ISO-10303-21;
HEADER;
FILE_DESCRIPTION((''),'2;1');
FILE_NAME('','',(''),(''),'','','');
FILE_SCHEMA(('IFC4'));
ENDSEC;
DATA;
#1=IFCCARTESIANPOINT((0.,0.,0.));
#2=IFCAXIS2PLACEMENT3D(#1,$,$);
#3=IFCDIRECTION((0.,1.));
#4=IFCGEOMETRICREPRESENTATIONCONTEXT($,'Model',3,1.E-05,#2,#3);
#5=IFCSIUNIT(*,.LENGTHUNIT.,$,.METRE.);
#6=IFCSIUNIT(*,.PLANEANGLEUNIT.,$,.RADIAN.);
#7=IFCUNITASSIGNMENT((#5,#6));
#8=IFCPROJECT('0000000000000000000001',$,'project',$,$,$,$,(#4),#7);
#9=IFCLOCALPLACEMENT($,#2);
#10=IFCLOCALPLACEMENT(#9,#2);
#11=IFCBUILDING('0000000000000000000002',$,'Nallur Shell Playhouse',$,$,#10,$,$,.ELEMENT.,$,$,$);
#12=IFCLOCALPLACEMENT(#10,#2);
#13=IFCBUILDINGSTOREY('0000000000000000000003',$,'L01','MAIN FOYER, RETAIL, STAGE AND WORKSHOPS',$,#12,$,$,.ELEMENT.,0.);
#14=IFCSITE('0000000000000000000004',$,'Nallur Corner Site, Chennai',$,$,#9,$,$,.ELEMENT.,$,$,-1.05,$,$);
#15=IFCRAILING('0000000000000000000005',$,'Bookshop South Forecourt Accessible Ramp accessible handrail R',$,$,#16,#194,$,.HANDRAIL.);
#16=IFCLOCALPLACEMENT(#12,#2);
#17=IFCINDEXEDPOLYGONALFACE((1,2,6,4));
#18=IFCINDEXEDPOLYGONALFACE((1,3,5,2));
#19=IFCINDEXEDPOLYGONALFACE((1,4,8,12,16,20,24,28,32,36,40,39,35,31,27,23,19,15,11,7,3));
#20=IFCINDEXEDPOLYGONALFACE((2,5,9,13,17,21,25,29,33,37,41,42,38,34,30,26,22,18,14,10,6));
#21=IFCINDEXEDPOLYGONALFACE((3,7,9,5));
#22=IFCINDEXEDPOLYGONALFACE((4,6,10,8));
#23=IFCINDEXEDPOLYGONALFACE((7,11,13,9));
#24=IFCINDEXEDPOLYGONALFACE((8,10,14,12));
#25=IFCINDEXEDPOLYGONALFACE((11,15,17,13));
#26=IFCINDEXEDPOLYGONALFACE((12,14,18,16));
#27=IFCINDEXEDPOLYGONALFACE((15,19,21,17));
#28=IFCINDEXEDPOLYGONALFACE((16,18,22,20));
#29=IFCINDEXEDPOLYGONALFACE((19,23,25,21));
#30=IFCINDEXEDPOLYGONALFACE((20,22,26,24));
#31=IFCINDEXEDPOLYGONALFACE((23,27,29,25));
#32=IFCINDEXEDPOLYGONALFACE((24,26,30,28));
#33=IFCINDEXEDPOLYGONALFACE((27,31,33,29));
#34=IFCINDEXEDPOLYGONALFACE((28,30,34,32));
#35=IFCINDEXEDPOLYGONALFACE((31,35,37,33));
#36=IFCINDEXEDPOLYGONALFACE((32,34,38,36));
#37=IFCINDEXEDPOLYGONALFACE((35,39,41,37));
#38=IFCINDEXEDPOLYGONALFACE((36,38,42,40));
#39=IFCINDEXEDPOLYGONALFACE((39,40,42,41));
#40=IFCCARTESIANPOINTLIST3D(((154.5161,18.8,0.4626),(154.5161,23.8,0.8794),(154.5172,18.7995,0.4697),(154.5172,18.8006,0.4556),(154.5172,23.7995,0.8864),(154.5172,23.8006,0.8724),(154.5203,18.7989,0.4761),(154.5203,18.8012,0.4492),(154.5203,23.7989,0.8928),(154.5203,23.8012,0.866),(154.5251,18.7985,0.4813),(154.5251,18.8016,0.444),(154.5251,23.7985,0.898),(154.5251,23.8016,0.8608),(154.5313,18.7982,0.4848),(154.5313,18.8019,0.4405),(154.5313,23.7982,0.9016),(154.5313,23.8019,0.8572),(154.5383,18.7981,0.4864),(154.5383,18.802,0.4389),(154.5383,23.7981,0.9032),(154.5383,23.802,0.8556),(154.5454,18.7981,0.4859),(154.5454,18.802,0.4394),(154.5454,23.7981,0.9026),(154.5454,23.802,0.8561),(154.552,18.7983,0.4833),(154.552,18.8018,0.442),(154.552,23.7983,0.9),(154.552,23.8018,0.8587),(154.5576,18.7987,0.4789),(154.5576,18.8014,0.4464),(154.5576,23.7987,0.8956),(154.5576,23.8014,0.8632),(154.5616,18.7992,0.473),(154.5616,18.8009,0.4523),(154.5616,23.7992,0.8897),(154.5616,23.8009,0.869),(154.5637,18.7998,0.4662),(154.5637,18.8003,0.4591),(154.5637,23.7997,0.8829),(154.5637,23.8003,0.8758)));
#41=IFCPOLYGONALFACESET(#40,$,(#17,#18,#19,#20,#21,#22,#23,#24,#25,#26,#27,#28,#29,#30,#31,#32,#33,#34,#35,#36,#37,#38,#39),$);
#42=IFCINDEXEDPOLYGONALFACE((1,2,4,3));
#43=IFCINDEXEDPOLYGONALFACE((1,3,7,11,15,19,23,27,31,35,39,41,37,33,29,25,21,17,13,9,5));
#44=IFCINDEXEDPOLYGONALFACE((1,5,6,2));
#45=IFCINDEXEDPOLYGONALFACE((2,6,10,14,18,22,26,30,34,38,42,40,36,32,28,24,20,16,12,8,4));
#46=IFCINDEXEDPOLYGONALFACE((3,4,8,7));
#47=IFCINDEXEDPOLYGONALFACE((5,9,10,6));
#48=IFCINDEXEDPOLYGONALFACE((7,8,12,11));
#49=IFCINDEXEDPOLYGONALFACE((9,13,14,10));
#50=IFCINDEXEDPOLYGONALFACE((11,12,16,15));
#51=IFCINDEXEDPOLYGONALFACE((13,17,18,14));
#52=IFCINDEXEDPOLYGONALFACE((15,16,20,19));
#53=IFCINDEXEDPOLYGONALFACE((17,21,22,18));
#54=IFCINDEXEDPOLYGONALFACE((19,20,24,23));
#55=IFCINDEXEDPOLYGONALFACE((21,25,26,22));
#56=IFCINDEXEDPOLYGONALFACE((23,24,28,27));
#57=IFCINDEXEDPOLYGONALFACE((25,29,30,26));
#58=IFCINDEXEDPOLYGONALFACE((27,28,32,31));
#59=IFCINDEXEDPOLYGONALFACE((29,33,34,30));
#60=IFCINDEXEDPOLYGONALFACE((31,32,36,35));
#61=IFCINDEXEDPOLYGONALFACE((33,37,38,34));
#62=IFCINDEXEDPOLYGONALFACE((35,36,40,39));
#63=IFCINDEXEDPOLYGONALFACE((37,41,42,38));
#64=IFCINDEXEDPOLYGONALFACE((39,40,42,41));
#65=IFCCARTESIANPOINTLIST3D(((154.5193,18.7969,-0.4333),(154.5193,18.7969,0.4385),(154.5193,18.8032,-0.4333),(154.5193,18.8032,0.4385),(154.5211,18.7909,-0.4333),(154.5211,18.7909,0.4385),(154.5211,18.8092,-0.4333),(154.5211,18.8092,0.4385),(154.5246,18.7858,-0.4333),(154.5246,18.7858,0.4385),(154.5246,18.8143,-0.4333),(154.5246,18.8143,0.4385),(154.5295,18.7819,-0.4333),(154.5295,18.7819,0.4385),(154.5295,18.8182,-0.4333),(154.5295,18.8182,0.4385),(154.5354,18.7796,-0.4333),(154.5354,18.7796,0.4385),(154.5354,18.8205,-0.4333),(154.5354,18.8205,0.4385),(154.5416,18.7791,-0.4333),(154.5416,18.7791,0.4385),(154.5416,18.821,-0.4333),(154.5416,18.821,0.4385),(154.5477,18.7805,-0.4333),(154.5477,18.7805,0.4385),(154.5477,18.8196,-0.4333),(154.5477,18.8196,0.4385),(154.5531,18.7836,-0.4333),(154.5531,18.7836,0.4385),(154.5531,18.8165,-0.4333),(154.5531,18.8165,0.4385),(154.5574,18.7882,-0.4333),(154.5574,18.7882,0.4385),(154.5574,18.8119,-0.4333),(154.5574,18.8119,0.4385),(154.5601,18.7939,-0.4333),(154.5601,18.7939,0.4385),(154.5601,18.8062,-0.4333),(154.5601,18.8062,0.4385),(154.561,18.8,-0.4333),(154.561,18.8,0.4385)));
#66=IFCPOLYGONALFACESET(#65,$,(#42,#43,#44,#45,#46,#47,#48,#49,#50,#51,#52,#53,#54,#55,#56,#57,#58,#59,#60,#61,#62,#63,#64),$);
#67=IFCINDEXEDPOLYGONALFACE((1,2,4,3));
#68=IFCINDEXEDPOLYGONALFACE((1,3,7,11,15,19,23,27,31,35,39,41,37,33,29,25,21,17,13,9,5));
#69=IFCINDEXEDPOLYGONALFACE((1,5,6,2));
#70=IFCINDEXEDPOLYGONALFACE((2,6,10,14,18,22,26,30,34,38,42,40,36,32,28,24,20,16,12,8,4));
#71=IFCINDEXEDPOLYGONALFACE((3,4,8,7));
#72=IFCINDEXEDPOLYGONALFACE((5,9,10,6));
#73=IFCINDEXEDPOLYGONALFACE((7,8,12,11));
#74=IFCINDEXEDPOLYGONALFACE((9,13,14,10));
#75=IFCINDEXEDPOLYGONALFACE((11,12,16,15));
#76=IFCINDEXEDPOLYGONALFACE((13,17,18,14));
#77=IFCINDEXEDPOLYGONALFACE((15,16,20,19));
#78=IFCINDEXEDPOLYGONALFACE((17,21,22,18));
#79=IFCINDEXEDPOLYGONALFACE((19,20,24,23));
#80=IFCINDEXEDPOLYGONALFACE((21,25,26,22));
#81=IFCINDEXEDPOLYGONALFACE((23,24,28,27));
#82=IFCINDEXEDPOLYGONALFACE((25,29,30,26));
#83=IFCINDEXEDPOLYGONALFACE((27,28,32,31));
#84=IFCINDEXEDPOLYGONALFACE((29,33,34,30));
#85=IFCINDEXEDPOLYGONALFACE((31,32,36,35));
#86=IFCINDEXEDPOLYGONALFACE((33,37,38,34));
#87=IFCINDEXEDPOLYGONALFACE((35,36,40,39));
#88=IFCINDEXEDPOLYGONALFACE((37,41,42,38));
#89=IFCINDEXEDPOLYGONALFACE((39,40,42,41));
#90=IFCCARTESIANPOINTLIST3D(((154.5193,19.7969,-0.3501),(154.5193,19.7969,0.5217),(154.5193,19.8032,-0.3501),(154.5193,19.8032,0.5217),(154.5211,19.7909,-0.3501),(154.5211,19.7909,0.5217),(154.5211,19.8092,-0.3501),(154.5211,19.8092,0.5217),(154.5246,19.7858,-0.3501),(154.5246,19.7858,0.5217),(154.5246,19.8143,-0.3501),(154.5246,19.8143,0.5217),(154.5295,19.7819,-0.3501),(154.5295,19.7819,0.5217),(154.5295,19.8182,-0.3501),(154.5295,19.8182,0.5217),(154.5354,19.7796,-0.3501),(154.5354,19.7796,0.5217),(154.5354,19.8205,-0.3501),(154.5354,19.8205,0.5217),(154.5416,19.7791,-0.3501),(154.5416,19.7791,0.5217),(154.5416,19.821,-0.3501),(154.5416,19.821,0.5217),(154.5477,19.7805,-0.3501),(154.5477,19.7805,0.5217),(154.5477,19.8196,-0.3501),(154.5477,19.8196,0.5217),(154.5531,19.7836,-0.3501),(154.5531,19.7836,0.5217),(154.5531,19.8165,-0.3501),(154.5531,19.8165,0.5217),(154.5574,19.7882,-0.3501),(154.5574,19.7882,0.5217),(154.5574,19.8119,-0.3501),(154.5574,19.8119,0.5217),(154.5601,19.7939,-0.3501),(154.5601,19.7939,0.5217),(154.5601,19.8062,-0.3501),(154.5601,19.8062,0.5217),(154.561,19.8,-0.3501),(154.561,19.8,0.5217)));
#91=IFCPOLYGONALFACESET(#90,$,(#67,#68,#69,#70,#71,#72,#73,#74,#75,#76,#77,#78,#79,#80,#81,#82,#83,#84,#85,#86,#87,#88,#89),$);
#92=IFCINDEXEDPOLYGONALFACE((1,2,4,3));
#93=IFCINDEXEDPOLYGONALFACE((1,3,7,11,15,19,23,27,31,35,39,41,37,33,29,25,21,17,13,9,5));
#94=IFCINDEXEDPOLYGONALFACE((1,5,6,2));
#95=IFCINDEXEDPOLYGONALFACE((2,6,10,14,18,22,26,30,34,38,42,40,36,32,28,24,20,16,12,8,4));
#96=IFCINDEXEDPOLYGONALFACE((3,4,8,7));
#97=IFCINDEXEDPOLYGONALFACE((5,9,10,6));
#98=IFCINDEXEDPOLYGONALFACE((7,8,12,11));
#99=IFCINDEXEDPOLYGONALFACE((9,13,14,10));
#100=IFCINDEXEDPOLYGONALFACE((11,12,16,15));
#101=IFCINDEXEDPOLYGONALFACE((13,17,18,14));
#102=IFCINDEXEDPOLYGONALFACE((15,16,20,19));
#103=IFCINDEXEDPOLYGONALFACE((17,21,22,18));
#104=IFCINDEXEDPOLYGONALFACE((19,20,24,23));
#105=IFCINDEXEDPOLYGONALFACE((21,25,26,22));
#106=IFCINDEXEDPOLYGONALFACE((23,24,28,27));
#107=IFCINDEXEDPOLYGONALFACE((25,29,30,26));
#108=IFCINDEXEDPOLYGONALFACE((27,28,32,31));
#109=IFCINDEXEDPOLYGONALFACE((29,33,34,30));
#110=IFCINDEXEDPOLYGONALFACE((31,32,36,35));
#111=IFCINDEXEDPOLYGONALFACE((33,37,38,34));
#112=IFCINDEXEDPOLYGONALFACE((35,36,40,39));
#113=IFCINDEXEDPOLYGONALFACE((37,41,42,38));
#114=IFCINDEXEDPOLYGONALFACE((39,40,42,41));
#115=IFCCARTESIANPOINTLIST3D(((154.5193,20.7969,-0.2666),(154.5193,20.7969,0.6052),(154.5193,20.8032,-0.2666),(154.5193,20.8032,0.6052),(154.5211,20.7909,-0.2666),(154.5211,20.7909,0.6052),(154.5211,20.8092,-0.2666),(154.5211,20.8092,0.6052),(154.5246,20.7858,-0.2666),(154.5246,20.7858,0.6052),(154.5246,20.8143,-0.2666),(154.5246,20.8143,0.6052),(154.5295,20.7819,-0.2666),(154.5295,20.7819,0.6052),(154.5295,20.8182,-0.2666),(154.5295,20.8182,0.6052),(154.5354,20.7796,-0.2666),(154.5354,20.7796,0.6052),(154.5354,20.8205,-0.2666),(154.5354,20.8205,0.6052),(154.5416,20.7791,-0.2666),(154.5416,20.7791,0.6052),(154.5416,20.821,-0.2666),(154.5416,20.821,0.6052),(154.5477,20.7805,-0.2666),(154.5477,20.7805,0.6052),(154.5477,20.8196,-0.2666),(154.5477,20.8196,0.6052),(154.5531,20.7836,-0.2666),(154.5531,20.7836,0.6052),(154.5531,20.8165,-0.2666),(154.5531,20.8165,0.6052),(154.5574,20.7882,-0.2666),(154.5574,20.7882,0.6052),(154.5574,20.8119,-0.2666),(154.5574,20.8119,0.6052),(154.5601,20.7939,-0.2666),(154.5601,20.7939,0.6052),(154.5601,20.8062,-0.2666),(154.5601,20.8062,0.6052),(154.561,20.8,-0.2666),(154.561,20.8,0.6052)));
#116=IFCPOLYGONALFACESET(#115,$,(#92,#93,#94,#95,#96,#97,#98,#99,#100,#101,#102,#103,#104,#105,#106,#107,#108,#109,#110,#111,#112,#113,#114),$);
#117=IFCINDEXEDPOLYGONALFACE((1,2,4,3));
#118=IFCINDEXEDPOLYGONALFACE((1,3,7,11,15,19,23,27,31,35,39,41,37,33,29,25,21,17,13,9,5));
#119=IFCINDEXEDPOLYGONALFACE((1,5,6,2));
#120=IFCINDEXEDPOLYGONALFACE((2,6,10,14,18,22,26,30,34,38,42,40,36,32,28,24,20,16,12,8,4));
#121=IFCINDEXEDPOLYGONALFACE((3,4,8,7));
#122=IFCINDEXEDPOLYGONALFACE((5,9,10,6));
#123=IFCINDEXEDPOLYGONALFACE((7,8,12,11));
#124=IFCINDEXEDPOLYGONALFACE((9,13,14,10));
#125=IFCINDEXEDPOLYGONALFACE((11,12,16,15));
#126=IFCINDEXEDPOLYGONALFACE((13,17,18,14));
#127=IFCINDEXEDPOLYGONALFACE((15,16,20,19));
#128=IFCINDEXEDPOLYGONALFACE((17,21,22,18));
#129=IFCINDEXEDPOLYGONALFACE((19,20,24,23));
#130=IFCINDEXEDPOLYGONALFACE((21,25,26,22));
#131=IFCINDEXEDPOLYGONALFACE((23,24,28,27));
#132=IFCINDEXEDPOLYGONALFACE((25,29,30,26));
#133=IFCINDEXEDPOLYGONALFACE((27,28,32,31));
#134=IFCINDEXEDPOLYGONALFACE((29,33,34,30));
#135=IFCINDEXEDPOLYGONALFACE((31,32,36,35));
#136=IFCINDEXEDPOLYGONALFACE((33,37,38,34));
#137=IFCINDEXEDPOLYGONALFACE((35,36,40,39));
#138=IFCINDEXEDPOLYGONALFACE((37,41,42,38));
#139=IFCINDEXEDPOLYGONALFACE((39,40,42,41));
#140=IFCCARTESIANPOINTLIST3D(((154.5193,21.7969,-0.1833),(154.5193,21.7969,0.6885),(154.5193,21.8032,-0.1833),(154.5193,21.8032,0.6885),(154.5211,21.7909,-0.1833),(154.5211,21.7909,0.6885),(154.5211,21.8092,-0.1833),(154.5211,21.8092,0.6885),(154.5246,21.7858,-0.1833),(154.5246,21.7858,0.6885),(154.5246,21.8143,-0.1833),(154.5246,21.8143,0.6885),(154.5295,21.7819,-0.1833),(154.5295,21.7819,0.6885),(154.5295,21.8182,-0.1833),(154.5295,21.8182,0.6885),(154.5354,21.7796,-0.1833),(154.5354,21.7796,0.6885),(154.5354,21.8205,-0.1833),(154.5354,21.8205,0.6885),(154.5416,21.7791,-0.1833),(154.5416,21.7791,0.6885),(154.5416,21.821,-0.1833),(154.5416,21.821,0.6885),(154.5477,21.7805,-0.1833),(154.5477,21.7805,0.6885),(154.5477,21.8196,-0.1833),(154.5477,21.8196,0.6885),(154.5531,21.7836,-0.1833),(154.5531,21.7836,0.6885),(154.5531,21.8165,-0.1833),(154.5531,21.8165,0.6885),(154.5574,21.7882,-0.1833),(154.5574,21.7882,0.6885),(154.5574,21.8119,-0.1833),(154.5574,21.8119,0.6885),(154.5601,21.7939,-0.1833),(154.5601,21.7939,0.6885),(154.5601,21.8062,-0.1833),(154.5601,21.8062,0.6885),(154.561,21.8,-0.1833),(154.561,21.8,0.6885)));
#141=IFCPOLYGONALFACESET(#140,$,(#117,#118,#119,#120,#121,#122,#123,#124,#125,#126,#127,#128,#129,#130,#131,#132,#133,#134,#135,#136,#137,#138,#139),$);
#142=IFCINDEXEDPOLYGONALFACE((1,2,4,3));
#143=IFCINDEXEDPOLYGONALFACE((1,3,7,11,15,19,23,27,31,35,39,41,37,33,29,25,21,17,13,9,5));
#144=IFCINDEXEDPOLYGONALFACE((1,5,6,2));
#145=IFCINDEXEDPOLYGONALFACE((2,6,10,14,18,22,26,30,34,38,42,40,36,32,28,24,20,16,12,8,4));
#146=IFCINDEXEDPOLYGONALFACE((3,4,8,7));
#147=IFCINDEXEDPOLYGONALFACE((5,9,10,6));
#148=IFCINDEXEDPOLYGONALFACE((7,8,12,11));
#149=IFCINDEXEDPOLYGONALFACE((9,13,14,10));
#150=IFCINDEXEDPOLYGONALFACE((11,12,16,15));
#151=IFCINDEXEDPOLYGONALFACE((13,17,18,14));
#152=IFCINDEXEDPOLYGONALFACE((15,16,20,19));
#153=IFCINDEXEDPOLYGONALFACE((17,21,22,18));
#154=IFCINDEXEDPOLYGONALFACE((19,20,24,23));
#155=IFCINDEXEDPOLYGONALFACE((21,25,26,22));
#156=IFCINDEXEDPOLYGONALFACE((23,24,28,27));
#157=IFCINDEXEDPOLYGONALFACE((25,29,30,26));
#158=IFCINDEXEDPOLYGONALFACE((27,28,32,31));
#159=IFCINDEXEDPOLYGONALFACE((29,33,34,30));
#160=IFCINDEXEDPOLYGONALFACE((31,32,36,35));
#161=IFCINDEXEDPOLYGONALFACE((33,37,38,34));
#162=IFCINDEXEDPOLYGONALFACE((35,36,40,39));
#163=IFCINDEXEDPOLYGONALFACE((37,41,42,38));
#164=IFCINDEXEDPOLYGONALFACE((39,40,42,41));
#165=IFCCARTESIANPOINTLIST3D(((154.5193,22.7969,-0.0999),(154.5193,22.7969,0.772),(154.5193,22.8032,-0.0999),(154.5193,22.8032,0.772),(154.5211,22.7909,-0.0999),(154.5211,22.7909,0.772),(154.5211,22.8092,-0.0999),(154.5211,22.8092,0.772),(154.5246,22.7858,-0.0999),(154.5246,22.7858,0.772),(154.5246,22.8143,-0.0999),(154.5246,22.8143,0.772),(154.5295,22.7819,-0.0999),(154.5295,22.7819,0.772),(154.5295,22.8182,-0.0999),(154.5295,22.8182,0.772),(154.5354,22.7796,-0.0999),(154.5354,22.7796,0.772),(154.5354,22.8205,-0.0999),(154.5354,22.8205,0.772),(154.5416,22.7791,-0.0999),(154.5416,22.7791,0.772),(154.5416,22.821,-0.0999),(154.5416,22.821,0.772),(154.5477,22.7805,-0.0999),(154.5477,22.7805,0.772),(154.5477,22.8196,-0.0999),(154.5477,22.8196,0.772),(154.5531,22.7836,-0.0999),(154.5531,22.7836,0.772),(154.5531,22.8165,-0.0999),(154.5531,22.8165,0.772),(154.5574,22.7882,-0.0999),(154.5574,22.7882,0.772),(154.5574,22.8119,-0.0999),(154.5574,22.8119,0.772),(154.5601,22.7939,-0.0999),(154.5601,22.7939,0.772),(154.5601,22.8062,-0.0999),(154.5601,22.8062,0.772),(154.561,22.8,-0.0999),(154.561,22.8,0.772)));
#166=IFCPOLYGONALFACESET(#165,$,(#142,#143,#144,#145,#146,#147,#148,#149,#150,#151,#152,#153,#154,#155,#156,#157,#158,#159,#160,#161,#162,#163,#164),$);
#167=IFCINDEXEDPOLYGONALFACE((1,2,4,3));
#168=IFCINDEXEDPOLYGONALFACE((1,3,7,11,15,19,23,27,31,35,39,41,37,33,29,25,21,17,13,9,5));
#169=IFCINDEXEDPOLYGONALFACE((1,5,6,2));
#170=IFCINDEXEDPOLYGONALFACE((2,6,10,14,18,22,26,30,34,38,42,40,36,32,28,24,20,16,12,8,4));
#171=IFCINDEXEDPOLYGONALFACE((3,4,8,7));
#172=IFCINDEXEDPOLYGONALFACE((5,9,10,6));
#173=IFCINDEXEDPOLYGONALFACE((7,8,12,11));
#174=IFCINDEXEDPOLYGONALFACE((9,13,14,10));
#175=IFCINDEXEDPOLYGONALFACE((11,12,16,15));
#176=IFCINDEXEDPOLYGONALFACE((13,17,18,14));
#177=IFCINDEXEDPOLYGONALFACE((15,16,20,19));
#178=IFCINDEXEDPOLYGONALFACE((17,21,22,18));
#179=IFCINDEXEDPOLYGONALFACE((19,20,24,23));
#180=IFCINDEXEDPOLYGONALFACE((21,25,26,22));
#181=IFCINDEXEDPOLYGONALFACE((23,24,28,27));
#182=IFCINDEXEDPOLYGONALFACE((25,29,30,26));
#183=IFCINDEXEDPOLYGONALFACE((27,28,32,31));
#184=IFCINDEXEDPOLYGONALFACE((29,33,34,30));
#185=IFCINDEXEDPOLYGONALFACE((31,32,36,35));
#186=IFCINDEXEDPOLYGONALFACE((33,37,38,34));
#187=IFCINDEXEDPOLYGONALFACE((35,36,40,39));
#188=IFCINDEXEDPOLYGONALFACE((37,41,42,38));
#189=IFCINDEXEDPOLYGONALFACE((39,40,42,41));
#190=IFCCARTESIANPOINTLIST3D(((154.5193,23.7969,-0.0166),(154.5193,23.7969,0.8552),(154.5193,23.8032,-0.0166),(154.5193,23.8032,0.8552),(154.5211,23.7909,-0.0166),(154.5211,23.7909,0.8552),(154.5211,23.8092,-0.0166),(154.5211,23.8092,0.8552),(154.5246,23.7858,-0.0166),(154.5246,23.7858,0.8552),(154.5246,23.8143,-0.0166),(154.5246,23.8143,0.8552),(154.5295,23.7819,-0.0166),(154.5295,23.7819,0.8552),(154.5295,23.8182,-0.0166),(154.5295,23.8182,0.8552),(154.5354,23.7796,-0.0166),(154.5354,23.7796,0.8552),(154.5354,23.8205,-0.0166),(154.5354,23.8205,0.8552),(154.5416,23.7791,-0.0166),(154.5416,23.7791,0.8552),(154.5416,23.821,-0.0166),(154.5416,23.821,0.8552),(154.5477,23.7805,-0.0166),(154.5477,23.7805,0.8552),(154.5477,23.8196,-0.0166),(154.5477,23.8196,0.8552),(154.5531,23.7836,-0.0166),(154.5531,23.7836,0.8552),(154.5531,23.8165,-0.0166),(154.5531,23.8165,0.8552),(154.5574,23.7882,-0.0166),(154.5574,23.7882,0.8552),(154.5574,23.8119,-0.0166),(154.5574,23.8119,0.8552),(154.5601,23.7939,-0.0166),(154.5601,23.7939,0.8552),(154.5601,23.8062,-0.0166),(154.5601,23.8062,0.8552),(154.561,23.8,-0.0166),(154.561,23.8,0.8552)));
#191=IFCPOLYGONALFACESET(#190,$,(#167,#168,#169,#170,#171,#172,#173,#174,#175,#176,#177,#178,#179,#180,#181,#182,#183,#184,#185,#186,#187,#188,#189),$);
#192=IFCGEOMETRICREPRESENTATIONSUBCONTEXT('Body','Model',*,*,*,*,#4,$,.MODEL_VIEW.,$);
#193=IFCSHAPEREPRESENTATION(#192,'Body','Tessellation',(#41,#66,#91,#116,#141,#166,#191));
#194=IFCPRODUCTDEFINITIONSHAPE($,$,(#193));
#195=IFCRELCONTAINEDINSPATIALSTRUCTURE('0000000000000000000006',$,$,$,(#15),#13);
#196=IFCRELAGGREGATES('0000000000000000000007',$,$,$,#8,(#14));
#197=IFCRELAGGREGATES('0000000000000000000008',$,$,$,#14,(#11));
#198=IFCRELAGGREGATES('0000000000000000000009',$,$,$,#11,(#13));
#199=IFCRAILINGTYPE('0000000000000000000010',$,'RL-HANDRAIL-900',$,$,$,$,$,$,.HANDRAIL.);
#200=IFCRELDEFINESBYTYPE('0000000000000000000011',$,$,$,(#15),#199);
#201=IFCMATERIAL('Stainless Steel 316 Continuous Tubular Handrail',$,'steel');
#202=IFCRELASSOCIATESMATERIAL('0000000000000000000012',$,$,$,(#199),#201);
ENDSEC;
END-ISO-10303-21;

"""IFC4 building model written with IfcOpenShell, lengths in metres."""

from ifc_helpers import new_model, si_unit, direction, frame, origin, origin_2d, place, context, subcontext, project, spatial, circle, extrude, material, type_object, element, save


model = new_model("IFC4")

# Units and contexts
model_context = context("Model", 3, precision=1e-05, world=origin(), true_north=direction((0.0, 1.0)))
body_context = subcontext(model_context, "Body", "Model", "MODEL_VIEW")
ifc_project = project(units=[si_unit("LENGTHUNIT", "METRE"), si_unit("PLANEANGLEUNIT", "RADIAN")], contexts=[model_context])

# Site, building, storey
site_placement = place(None, origin())
site = spatial("IfcSite", under=ifc_project, at=site_placement, Name="Nallur Corner Site, Chennai", CompositionType="ELEMENT", RefElevation=-1.05)
building_placement = place(site_placement, origin())
building = spatial("IfcBuilding", under=site, at=building_placement, Name="Nallur Shell Playhouse", CompositionType="ELEMENT")
storey_placement = place(building_placement, origin())
storey = spatial("IfcBuildingStorey", under=building, at=storey_placement, Name="L01", Description="MAIN FOYER, RETAIL, STAGE AND WORKSHOPS", CompositionType="ELEMENT", Elevation=0.0)

# Railing
ifc_material_1 = material(Name="Stainless Steel 316 Continuous Tubular Handrail", Category="steel")
railing_type_1 = type_object("IfcRailingType", Name="RL-HANDRAIL-900", PredefinedType="HANDRAIL", material=ifc_material_1)
for number, where, name in (
    (1, (154.54, 18.8, -0.4333), "Bookshop South Forecourt Accessible Ramp accessible handrail R"),
):
    element("IfcRailing", number, at=place(storey_placement, frame(where)), inside=storey, type_object=railing_type_1, Name=name, PredefinedType="HANDRAIL", context=body_context, shape_type="SweptSolid", body=[
        extrude(circle(Radius=0.0239, at=origin_2d()), frame((0.0, 0.0, 0.896), z_axis=(0.0, 0.996544, 0.083062), x_axis=(-1.0, 0.0, 0.0)), (0.0, 0.0, 1.0), 5.0173),
        extrude(circle(Radius=0.021, at=origin_2d()), origin(), (0.0, 0.0, 1.0), 0.8718),
        extrude(circle(Radius=0.021, at=origin_2d()), frame((0.0, 1.0, 0.0833)), (0.0, 0.0, 1.0), 0.8718),
        extrude(circle(Radius=0.021, at=origin_2d()), frame((0.0, 2.0, 0.1667)), (0.0, 0.0, 1.0), 0.8718),
        extrude(circle(Radius=0.021, at=origin_2d()), frame((0.0, 3.0, 0.25)), (0.0, 0.0, 1.0), 0.8718),
        extrude(circle(Radius=0.021, at=origin_2d()), frame((0.0, 4.0, 0.3335)), (0.0, 0.0, 1.0), 0.8718),
        extrude(circle(Radius=0.021, at=origin_2d()), frame((0.0, 5.0, 0.4167)), (0.0, 0.0, 1.0), 0.8718),
    ])

save(model, "model.ifc")
